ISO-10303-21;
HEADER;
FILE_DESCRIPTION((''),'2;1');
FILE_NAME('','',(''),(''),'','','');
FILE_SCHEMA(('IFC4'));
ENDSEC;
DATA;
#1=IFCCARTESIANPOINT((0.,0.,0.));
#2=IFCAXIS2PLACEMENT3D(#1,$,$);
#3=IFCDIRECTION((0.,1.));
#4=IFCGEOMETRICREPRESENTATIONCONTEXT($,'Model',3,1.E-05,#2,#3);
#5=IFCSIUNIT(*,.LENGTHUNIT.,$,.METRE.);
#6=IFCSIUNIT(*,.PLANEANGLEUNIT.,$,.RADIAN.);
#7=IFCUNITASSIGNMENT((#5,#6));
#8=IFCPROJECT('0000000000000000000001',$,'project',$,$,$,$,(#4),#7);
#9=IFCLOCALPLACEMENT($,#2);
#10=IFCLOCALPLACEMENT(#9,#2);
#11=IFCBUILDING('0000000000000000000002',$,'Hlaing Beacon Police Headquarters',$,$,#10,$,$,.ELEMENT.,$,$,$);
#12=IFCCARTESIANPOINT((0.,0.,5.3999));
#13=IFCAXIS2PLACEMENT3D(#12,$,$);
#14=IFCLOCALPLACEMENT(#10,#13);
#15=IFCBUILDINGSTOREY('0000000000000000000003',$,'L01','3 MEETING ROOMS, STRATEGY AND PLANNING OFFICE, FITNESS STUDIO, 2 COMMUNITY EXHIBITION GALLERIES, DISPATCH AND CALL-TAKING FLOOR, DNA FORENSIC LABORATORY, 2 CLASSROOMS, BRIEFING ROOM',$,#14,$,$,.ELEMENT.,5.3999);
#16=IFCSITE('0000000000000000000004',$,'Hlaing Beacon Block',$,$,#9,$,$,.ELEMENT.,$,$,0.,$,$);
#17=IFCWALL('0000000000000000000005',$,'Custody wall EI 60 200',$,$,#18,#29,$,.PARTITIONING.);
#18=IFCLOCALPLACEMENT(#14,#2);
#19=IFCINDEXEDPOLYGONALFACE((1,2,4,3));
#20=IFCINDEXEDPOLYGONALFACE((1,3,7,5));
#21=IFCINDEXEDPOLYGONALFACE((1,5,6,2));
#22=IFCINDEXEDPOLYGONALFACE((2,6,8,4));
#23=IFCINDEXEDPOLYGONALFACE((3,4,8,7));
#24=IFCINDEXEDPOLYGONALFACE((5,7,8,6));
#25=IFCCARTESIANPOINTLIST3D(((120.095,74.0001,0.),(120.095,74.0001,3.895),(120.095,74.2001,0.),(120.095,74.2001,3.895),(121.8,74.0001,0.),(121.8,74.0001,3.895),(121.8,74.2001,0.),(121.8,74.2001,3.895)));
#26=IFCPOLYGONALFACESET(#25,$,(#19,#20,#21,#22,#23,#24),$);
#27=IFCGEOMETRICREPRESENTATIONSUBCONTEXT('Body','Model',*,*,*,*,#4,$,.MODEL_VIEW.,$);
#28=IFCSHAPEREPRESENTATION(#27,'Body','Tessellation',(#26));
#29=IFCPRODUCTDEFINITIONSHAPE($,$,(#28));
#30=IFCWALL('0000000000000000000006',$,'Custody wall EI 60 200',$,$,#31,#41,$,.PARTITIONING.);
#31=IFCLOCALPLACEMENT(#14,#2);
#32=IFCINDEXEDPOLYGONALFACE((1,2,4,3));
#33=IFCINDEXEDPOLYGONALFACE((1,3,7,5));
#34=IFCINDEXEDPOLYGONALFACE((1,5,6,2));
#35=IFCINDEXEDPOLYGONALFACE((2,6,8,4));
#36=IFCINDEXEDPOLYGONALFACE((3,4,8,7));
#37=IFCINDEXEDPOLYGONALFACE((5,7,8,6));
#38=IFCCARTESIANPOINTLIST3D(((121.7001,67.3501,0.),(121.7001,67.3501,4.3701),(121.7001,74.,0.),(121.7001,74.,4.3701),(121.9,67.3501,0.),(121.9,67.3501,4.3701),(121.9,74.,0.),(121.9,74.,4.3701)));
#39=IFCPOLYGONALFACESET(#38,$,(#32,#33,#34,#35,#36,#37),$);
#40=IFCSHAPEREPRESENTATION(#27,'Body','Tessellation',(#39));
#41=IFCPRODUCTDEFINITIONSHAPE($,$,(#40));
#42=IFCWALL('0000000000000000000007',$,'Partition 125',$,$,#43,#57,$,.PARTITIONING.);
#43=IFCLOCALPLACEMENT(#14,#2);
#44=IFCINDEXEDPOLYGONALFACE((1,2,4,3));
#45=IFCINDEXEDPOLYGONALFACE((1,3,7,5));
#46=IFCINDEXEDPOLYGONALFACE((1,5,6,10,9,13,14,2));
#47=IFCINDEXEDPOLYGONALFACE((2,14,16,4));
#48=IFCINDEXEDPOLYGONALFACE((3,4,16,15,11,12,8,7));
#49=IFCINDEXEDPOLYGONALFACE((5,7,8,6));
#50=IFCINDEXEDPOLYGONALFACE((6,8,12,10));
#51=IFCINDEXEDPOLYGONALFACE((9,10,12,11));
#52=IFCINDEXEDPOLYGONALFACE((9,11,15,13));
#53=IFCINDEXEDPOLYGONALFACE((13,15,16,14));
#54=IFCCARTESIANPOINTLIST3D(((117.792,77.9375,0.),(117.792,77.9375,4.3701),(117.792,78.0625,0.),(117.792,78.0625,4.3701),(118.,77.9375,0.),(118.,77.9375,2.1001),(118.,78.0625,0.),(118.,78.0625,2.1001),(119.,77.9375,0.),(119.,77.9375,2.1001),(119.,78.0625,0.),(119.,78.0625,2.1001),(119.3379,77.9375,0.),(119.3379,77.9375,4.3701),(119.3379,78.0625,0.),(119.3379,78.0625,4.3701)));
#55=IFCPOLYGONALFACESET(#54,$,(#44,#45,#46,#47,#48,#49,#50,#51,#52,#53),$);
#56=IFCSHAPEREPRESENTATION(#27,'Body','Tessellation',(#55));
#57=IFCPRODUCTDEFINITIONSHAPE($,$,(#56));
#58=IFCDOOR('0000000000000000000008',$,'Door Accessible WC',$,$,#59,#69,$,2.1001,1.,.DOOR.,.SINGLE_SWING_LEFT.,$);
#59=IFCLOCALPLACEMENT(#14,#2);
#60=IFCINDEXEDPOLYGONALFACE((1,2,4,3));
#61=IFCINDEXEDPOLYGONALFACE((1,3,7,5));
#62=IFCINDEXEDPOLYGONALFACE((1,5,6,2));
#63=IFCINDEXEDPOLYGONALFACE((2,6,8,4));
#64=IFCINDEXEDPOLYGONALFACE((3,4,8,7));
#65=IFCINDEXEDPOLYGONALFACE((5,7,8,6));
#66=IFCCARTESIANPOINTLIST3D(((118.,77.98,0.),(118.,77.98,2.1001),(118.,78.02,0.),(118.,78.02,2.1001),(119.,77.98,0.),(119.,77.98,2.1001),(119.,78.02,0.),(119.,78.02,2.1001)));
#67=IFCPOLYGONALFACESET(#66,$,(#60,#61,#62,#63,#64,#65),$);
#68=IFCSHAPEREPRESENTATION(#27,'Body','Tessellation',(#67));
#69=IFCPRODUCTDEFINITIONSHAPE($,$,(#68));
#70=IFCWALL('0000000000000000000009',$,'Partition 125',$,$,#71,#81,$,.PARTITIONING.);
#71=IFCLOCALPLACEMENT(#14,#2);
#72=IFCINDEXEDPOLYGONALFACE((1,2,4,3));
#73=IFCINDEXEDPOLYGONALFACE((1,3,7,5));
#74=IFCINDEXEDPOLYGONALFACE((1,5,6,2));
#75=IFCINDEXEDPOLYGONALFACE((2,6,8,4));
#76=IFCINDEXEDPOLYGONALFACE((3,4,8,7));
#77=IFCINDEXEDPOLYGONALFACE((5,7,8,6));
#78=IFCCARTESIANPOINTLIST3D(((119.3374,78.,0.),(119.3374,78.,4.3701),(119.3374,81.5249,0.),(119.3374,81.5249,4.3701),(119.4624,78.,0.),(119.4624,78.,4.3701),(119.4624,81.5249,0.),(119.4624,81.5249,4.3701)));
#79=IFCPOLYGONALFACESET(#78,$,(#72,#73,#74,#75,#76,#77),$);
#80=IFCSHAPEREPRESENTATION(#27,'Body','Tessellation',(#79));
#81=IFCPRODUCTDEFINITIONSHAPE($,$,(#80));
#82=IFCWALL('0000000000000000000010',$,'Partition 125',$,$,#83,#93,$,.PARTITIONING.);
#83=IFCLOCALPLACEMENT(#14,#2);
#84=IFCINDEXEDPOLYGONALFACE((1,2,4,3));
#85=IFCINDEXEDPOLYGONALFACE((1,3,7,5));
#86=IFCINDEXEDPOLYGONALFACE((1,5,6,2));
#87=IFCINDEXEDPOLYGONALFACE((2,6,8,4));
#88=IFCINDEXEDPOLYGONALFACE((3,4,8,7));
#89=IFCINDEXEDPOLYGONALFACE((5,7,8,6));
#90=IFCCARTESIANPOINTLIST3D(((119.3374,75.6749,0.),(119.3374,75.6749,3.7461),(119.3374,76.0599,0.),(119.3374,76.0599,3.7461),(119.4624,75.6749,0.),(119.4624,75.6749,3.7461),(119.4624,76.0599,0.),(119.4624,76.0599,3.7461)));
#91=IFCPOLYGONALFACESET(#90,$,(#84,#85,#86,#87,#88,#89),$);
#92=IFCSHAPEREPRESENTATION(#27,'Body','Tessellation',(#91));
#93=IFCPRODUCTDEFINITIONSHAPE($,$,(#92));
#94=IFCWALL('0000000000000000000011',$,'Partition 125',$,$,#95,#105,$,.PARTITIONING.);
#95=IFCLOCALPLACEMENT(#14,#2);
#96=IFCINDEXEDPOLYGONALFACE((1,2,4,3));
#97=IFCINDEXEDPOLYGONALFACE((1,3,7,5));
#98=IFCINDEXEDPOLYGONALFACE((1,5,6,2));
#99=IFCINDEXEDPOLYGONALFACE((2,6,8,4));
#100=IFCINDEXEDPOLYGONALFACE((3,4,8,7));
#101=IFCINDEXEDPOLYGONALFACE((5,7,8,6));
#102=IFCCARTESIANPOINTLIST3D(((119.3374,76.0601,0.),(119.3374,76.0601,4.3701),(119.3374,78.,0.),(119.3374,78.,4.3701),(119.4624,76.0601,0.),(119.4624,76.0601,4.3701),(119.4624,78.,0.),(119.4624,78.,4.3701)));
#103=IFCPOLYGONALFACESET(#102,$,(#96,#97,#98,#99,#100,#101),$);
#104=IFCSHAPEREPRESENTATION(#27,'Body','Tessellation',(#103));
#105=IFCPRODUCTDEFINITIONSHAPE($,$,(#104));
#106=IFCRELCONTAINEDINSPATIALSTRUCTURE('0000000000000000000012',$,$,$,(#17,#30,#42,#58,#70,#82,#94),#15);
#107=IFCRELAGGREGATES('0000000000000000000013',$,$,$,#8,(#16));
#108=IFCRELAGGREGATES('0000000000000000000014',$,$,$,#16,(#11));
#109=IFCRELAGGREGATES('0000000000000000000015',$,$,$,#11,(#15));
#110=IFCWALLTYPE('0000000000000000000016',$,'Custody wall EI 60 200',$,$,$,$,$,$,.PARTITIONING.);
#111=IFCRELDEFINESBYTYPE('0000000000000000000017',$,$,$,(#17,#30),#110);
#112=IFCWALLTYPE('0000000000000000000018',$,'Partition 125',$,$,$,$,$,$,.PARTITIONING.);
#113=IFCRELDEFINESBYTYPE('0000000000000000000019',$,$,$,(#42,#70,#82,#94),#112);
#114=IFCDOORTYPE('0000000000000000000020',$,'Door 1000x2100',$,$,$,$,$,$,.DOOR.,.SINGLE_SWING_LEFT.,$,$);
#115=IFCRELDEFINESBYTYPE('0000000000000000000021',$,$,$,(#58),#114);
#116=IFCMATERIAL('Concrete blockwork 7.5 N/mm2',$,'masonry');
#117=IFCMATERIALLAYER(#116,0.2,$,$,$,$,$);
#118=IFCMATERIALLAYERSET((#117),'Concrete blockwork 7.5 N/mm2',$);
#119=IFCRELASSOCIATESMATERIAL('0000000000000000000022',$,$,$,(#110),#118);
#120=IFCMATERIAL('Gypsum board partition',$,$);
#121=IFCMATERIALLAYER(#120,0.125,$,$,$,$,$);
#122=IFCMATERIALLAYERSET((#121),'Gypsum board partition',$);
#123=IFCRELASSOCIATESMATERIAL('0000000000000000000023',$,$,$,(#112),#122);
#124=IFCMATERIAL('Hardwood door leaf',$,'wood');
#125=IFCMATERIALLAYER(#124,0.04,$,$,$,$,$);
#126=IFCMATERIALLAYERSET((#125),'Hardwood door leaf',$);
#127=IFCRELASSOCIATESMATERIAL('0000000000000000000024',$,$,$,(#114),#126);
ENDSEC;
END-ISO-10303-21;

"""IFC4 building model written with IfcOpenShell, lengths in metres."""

from ifc_helpers import new_model, si_unit, direction, frame, frame_2d, origin, place, context, subcontext, project, spatial, rectangle, extrude, material, layer, layer_set, type_object, element, fill, save


model = new_model("IFC4")

# Units and contexts
model_context = context("Model", 3, precision=1e-05, world=origin(), true_north=direction((0.0, 1.0)))
body_context = subcontext(model_context, "Body", "Model", "MODEL_VIEW")
ifc_project = project(units=[si_unit("LENGTHUNIT", "METRE"), si_unit("PLANEANGLEUNIT", "RADIAN")], contexts=[model_context])

# Site, building, storey
site_placement = place(None, origin())
site = spatial("IfcSite", under=ifc_project, at=site_placement, Name="Hlaing Beacon Block", CompositionType="ELEMENT", RefElevation=0.0)
building_placement = place(site_placement, origin())
building = spatial("IfcBuilding", under=site, at=building_placement, Name="Hlaing Beacon Police Headquarters", CompositionType="ELEMENT")
storey_placement = place(building_placement, frame((0.0, 0.0, 5.3999)))
storey = spatial("IfcBuildingStorey", under=building, at=storey_placement, Name="L01", Description="3 MEETING ROOMS, STRATEGY AND PLANNING OFFICE, FITNESS STUDIO, 2 COMMUNITY EXHIBITION GALLERIES, DISPATCH AND CALL-TAKING FLOOR, DNA FORENSIC LABORATORY, 2 CLASSROOMS, BRIEFING ROOM", CompositionType="ELEMENT", Elevation=5.3999)

# Shared definitions
ifc_material_1 = material(Name="Concrete blockwork 7.5 N/mm2", Category="masonry")
ifc_layer_1 = layer(ifc_material_1, 0.2)
ifc_layer_set_1 = layer_set([ifc_layer_1], Name="Concrete blockwork 7.5 N/mm2")
wall_type_1 = type_object("IfcWallType", Name="Custody wall EI 60 200", PredefinedType="PARTITIONING", material=ifc_layer_set_1)

# Walls
wall_1_placement = place(storey_placement, frame((120.095, 74.1001, 0.0), z_axis=(0.0, 0.0, 1.0), x_axis=(1.0, 0.0, 0.0)))
element("IfcWall", 1, at=wall_1_placement, inside=storey, type_object=wall_type_1, Name="Custody wall EI 60 200", PredefinedType="PARTITIONING", context=body_context, shape_type="SweptSolid", body=[
    extrude(rectangle(XDim=1.7051, YDim=0.2, at=frame_2d((0.8525, 0.0))), origin(), (0.0, 0.0, 1.0), 3.895),
])
wall_2_placement = place(storey_placement, frame((121.8, 67.3501, 0.0), z_axis=(0.0, 0.0, 1.0), x_axis=(0.0, 1.0, 0.0)))
element("IfcWall", 2, at=wall_2_placement, inside=storey, type_object=wall_type_1, Name="Custody wall EI 60 200", PredefinedType="PARTITIONING", context=body_context, shape_type="SweptSolid", body=[
    extrude(rectangle(XDim=6.6499, YDim=0.2, at=frame_2d((3.325, 0.0))), origin(), (0.0, 0.0, 1.0), 4.3701),
])

# Wall, opening, door
ifc_material_2 = material(Name="Gypsum board partition")
ifc_layer_2 = layer(ifc_material_2, 0.125)
ifc_layer_set_2 = layer_set([ifc_layer_2], Name="Gypsum board partition")
wall_type_2 = type_object("IfcWallType", Name="Partition 125", PredefinedType="PARTITIONING", material=ifc_layer_set_2)
wall_3_placement = place(storey_placement, frame((117.792, 78.0, 0.0), z_axis=(0.0, 0.0, 1.0), x_axis=(1.0, 0.0, 0.0)))
wall_3 = element("IfcWall", 3, at=wall_3_placement, inside=storey, type_object=wall_type_2, Name="Partition 125", PredefinedType="PARTITIONING", context=body_context, shape_type="SweptSolid", body=[
    extrude(rectangle(XDim=1.5459, YDim=0.125, at=frame_2d((0.7729, 0.0))), origin(), (0.0, 0.0, 1.0), 4.3701),
])
opening_1_placement = place(wall_3_placement, frame((0.208, 0.0, 0.0)))
opening_1 = element("IfcOpeningElement", 4, at=opening_1_placement, cuts=wall_3, PredefinedType="OPENING", context=body_context, shape_type="SweptSolid", body=[
    extrude(rectangle(XDim=1.0, YDim=2.1001, at=frame_2d((0.5, 1.05))), frame((0.0, 0.0725, 0.0), z_axis=(0.0, -1.0, 0.0), x_axis=(1.0, 0.0, 0.0)), (0.0, 0.0, 1.0), 0.145),
])
ifc_material_3 = material(Name="Hardwood door leaf", Category="wood")
ifc_layer_3 = layer(ifc_material_3, 0.04)
ifc_layer_set_3 = layer_set([ifc_layer_3], Name="Hardwood door leaf")
door_type_1 = type_object("IfcDoorType", Name="Door 1000x2100", OperationType="SINGLE_SWING_LEFT", PredefinedType="DOOR", material=ifc_layer_set_3)
door_1_placement = place(opening_1_placement, origin())
door_1 = element("IfcDoor", 5, at=door_1_placement, inside=storey, type_object=door_type_1, Name="Door Accessible WC", OperationType="SINGLE_SWING_LEFT", OverallHeight=2.1001, OverallWidth=1.0, PredefinedType="DOOR", context=body_context, shape_type="SweptSolid", body=[
    extrude(rectangle(XDim=1.0, YDim=2.1001, at=frame_2d((0.5, 1.05))), frame((0.0, 0.02, 0.0), z_axis=(0.0, -1.0, 0.0), x_axis=(1.0, 0.0, 0.0)), (0.0, 0.0, 1.0), 0.04),
])
fill(opening_1, door_1)

# Walls
wall_4_placement = place(storey_placement, frame((119.3999, 78.0, 0.0), z_axis=(0.0, 0.0, 1.0), x_axis=(0.0, 1.0, 0.0)))
element("IfcWall", 6, at=wall_4_placement, inside=storey, type_object=wall_type_2, Name="Partition 125", PredefinedType="PARTITIONING", context=body_context, shape_type="SweptSolid", body=[
    extrude(rectangle(XDim=3.5249, YDim=0.125, at=frame_2d((1.7625, 0.0))), origin(), (0.0, 0.0, 1.0), 4.3701),
])
wall_5_placement = place(storey_placement, frame((119.3999, 75.675, 0.0), z_axis=(0.0, 0.0, 1.0), x_axis=(0.0, 1.0, 0.0)))
element("IfcWall", 7, at=wall_5_placement, inside=storey, type_object=wall_type_2, Name="Partition 125", PredefinedType="PARTITIONING", context=body_context, shape_type="SweptSolid", body=[
    extrude(rectangle(XDim=0.385, YDim=0.125, at=frame_2d((0.1924, 0.0))), origin(), (0.0, 0.0, 1.0), 3.7461),
])
wall_6_placement = place(storey_placement, frame((119.3999, 76.0601, 0.0), z_axis=(0.0, 0.0, 1.0), x_axis=(0.0, 1.0, 0.0)))
element("IfcWall", 8, at=wall_6_placement, inside=storey, type_object=wall_type_2, Name="Partition 125", PredefinedType="PARTITIONING", context=body_context, shape_type="SweptSolid", body=[
    extrude(rectangle(XDim=1.9399, YDim=0.125, at=frame_2d((0.97, 0.0))), origin(), (0.0, 0.0, 1.0), 4.3701),
])

save(model, "model.ifc")
